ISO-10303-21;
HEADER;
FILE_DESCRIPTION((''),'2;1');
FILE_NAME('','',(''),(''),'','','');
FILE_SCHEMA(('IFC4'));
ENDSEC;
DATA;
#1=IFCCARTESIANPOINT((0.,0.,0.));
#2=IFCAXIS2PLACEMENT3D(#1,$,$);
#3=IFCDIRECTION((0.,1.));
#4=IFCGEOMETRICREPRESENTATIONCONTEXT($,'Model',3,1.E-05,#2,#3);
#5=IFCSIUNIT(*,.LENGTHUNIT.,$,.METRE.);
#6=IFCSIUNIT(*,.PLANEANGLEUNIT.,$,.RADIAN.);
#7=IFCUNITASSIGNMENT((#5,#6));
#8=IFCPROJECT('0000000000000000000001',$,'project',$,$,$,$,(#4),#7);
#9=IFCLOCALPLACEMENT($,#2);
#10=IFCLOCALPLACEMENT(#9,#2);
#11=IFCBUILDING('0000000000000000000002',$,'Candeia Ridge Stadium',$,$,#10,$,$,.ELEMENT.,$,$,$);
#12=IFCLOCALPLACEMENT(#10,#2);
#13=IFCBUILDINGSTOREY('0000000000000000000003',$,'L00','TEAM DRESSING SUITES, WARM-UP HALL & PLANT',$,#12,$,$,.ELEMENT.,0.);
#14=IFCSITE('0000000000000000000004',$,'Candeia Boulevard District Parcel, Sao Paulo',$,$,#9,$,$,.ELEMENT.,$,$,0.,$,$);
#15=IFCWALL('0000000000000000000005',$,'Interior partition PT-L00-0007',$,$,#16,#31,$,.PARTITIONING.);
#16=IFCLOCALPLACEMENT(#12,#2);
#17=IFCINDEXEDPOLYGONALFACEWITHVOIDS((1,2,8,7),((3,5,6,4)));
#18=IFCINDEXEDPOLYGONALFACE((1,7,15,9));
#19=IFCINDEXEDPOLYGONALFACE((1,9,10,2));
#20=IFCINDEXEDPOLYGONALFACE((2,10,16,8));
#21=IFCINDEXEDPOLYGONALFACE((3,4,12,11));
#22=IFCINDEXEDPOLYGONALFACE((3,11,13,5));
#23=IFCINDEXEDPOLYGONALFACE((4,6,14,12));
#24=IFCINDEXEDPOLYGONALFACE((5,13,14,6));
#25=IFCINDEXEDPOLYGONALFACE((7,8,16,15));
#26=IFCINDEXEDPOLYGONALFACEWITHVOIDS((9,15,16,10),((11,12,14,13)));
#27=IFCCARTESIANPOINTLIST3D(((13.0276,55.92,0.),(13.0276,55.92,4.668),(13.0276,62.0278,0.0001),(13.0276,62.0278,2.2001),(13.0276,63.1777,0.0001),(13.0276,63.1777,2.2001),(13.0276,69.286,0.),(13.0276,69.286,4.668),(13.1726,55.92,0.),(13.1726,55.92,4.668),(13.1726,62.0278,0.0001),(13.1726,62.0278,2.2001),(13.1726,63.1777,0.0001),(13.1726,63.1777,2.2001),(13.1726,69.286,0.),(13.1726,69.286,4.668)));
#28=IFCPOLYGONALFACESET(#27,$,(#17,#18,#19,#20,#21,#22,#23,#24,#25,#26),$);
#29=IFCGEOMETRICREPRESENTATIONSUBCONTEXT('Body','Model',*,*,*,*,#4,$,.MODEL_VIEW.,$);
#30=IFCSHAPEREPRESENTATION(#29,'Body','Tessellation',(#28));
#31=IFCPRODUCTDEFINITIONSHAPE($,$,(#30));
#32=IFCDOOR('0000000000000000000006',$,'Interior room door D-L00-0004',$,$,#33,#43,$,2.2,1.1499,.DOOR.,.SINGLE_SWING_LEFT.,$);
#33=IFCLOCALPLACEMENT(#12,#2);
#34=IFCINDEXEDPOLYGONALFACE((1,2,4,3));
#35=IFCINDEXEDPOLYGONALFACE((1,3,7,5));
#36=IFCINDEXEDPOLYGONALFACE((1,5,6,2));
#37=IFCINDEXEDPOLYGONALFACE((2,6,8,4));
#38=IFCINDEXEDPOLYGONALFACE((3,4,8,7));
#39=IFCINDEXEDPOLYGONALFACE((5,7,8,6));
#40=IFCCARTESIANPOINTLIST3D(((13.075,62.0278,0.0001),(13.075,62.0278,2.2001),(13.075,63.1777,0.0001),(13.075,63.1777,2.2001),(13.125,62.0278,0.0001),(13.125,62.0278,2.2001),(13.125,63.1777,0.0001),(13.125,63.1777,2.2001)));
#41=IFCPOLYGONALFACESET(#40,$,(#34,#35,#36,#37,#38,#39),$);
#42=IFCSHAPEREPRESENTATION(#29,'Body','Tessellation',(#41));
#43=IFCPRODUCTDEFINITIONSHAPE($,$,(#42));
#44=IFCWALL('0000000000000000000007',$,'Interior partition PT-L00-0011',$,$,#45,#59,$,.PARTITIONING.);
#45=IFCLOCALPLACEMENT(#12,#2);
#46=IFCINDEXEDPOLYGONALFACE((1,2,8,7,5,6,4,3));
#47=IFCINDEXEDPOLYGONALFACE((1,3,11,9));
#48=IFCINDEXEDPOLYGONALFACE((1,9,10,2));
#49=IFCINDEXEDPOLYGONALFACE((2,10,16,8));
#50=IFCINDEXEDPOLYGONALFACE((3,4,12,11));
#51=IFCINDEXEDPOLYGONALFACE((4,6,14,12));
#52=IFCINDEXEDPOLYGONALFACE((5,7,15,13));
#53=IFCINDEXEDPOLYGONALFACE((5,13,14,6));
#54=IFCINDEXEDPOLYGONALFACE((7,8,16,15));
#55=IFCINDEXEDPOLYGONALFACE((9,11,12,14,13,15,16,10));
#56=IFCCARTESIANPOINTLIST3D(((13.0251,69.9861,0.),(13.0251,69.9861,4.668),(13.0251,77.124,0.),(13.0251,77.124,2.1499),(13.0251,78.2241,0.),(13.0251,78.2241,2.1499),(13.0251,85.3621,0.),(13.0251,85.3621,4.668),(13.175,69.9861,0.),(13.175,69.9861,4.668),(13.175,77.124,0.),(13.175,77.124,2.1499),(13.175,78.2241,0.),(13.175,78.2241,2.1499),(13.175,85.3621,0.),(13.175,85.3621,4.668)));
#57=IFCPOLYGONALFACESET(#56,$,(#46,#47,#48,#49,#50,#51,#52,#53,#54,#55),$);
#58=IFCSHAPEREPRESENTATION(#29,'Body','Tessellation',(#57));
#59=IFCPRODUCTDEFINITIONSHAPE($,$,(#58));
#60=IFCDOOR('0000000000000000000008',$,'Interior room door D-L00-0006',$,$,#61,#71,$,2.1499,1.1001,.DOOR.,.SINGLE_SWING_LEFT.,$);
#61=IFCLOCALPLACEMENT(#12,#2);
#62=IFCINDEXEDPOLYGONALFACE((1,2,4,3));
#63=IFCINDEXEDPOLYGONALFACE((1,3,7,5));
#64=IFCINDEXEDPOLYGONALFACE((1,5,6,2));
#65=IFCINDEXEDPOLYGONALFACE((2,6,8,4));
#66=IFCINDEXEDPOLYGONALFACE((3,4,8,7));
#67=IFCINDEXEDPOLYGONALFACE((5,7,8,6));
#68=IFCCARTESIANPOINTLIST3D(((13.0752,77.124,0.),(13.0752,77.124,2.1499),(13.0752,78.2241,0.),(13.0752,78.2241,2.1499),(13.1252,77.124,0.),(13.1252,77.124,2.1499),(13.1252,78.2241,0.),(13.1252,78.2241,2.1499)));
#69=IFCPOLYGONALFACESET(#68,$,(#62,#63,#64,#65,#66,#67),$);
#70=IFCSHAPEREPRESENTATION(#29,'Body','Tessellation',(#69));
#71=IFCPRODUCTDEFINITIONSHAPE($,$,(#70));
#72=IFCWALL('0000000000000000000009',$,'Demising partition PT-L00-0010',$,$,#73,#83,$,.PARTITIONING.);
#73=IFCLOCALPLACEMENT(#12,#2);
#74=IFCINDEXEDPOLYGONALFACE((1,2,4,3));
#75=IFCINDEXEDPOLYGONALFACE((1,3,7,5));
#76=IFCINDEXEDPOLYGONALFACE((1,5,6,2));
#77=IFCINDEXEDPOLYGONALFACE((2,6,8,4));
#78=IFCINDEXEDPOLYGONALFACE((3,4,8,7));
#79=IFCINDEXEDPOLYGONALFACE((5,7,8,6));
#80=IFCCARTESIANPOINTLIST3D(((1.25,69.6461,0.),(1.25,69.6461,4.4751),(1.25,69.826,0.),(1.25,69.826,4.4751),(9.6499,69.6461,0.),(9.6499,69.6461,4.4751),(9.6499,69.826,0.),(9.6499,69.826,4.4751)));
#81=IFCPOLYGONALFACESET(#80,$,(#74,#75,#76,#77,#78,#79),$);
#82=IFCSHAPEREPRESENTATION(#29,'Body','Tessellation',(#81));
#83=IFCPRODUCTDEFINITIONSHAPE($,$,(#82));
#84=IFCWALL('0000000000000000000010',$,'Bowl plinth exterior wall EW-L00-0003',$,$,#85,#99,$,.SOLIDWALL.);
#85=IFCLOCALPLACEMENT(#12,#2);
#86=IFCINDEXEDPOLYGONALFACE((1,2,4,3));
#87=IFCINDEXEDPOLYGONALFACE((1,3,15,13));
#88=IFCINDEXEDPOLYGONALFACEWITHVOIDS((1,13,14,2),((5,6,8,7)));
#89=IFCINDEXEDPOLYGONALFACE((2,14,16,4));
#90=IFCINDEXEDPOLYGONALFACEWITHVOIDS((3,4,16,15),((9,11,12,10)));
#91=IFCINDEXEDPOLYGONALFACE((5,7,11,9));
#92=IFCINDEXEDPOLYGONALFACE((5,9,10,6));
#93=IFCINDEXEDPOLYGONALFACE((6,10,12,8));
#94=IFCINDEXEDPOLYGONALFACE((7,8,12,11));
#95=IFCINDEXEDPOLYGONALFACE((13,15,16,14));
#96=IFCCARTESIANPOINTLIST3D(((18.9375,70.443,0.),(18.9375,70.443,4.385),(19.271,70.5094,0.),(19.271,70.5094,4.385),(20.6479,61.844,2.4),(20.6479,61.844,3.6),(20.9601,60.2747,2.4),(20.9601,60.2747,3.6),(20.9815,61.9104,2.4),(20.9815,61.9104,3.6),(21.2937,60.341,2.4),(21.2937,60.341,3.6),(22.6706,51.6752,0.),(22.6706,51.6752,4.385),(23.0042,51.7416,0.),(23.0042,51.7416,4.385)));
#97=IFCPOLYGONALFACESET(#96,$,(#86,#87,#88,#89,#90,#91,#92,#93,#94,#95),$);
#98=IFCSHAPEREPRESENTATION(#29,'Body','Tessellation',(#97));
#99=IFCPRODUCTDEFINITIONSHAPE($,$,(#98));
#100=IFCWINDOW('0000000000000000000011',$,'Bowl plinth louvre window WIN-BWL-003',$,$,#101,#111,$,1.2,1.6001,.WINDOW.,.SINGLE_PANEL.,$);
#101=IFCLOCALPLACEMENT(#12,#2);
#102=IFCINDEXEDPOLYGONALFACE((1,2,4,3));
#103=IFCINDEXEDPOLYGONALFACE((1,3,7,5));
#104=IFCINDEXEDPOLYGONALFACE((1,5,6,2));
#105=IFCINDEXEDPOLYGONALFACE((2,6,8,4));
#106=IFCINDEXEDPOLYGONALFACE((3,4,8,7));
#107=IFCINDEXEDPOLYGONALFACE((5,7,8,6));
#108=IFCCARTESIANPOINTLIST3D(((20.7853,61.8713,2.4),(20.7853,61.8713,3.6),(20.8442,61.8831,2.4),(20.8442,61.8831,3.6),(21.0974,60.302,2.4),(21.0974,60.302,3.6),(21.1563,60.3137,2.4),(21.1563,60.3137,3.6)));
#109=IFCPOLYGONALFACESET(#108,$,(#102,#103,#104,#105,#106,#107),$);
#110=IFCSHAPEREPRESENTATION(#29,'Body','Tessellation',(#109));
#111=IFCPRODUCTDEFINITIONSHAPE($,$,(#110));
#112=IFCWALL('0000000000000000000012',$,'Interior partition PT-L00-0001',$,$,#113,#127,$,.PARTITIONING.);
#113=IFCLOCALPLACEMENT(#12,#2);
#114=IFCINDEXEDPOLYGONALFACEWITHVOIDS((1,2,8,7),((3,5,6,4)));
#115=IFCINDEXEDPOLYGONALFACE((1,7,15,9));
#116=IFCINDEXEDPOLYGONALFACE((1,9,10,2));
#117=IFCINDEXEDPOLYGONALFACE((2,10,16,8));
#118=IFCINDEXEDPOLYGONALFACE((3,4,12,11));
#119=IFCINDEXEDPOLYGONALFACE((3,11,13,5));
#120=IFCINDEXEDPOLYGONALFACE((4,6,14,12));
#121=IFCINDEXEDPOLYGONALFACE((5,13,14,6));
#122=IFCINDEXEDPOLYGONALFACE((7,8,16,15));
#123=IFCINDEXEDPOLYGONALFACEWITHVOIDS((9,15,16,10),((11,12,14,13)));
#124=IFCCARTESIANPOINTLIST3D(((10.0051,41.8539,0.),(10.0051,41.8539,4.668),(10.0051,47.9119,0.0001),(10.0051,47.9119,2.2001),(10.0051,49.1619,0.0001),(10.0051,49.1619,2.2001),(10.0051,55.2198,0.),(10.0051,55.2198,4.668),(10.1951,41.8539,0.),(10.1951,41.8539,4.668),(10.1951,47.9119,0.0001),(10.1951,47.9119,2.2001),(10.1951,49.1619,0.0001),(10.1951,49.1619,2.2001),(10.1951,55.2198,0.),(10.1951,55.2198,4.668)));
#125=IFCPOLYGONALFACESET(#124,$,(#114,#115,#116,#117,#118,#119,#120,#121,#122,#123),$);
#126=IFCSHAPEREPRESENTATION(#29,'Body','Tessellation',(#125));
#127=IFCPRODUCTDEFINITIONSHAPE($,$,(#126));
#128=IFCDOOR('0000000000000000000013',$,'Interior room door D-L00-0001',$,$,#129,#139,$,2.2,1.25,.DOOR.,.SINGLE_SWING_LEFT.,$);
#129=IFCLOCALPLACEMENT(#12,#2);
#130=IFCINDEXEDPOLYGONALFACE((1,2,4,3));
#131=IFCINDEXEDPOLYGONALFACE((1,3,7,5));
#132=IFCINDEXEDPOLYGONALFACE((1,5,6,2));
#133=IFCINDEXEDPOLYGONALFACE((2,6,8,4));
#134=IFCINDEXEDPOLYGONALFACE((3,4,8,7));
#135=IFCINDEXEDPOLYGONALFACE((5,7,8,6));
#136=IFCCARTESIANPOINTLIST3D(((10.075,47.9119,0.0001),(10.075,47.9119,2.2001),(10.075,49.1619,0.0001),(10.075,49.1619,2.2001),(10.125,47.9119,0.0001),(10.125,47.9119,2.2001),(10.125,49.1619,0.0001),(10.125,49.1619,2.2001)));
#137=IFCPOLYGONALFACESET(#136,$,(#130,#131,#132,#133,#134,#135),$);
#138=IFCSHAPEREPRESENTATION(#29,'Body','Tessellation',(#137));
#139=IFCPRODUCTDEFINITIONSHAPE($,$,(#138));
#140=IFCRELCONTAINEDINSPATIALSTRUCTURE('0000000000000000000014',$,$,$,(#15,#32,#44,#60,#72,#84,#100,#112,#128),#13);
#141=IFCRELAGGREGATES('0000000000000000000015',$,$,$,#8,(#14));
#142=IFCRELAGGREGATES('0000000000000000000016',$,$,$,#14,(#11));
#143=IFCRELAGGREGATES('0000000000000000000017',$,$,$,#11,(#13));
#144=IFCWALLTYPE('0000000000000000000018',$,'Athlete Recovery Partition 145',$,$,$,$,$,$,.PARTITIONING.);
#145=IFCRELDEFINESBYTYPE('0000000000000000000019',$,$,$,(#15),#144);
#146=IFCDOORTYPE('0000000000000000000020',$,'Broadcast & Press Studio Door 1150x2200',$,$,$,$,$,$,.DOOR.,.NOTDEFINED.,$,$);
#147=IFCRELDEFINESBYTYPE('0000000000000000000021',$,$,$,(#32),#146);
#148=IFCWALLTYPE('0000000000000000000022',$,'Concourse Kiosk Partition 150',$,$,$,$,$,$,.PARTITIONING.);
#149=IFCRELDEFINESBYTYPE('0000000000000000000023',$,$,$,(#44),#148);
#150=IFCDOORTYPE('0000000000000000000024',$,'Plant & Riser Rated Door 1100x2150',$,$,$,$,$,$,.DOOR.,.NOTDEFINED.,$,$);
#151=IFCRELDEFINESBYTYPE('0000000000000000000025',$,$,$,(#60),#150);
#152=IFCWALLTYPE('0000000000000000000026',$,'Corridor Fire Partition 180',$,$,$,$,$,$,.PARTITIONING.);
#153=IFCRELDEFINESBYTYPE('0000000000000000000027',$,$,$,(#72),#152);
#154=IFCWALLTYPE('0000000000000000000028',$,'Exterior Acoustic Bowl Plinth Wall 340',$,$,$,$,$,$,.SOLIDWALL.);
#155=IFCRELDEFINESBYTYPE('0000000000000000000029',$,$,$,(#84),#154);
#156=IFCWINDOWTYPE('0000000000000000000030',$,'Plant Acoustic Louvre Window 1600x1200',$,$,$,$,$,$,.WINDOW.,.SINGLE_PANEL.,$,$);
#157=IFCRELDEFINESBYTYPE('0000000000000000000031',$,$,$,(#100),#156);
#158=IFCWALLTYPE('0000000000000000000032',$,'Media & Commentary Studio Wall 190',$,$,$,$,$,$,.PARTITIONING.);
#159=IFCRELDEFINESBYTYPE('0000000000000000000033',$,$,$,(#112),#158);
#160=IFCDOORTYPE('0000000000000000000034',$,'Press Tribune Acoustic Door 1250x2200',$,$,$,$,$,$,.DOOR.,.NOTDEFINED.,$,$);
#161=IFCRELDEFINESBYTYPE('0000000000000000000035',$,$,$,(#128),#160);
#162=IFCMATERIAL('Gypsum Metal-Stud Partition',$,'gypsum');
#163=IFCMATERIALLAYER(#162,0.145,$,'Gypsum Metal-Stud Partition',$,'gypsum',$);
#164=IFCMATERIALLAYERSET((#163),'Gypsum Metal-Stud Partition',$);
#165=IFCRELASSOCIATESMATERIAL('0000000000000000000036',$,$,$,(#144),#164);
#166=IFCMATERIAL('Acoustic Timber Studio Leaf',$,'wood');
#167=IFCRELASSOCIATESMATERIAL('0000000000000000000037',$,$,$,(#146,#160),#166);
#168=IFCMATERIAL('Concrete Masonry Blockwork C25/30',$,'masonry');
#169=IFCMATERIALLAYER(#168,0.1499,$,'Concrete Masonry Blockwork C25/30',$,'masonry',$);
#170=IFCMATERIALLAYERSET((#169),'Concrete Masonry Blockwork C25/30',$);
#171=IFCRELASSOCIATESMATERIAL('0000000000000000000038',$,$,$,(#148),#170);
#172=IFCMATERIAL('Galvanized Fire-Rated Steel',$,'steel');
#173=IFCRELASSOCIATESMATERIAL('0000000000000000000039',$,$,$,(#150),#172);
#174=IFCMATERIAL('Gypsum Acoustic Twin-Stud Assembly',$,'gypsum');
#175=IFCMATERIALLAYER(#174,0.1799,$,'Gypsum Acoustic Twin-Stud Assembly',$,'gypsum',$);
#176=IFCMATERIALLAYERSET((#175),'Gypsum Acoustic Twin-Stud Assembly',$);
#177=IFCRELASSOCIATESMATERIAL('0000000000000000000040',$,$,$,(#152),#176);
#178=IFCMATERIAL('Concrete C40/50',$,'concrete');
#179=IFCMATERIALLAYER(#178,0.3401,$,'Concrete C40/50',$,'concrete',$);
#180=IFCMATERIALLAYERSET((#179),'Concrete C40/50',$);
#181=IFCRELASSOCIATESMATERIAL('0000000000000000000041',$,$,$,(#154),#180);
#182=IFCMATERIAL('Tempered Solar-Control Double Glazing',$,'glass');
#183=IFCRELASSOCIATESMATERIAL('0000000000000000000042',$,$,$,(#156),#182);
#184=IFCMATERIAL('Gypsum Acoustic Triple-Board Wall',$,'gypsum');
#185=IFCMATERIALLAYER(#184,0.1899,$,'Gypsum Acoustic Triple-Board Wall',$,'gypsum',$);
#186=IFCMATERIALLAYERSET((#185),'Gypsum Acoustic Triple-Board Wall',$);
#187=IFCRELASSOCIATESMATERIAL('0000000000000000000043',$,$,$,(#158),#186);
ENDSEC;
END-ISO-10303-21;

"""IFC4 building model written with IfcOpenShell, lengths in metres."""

from ifc_helpers import new_model, si_unit, direction, frame, frame_2d, origin, place, context, subcontext, project, spatial, rectangle, extrude, material, layer, layer_set, type_object, element, fill, save


model = new_model("IFC4")

# Units and contexts
model_context = context("Model", 3, precision=1e-05, world=origin(), true_north=direction((0.0, 1.0)))
body_context = subcontext(model_context, "Body", "Model", "MODEL_VIEW")
ifc_project = project(units=[si_unit("LENGTHUNIT", "METRE"), si_unit("PLANEANGLEUNIT", "RADIAN")], contexts=[model_context])

# Site, building, storey
site_placement = place(None, origin())
site = spatial("IfcSite", under=ifc_project, at=site_placement, Name="Candeia Boulevard District Parcel, Sao Paulo", CompositionType="ELEMENT", RefElevation=0.0)
building_placement = place(site_placement, origin())
building = spatial("IfcBuilding", under=site, at=building_placement, Name="Candeia Ridge Stadium", CompositionType="ELEMENT")
storey_placement = place(building_placement, origin())
storey = spatial("IfcBuildingStorey", under=building, at=storey_placement, Name="L00", Description="TEAM DRESSING SUITES, WARM-UP HALL & PLANT", CompositionType="ELEMENT", Elevation=0.0)

# Shared definitions
ifc_material_1 = material(Name="Concrete C40/50", Category="concrete")

# Walls, openings, doors
ifc_material_2 = material(Name="Gypsum Metal-Stud Partition", Category="gypsum")
ifc_layer_1 = layer(ifc_material_2, 0.145, Name="Gypsum Metal-Stud Partition", Category="gypsum")
ifc_layer_set_1 = layer_set([ifc_layer_1], Name="Gypsum Metal-Stud Partition")
wall_type_1 = type_object("IfcWallType", Name="Athlete Recovery Partition 145", PredefinedType="PARTITIONING", material=ifc_layer_set_1)
wall_1_placement = place(storey_placement, frame((13.1001, 55.9199, 0.0), z_axis=(0.0, 0.0, 1.0), x_axis=(0.0, 1.0, 0.0)))
wall_1 = element("IfcWall", 1, at=wall_1_placement, inside=storey, type_object=wall_type_1, Name="Interior partition PT-L00-0007", PredefinedType="PARTITIONING", context=body_context, shape_type="SweptSolid", body=[
    extrude(rectangle(XDim=13.366, YDim=0.145, at=frame_2d((6.6831, 0.0))), origin(), (0.0, 0.0, 1.0), 4.668),
])
opening_1_placement = place(wall_1_placement, frame((6.1079, 0.0, 0.0)))
opening_1 = element("IfcOpeningElement", 2, at=opening_1_placement, cuts=wall_1, PredefinedType="OPENING", context=body_context, shape_type="SweptSolid", body=[
    extrude(rectangle(XDim=1.1499, YDim=2.2, at=frame_2d((0.575, 1.1001))), frame((0.0, 0.0825, 0.0), z_axis=(0.0, -1.0, 0.0), x_axis=(1.0, 0.0, 0.0)), (0.0, 0.0, 1.0), 0.165),
])
ifc_material_3 = material(Name="Acoustic Timber Studio Leaf", Category="wood")
door_type_1 = type_object("IfcDoorType", Name="Broadcast & Press Studio Door 1150x2200", OperationType="NOTDEFINED", PredefinedType="DOOR", material=ifc_material_3)
door_1_placement = place(opening_1_placement, frame((1.1499, 0.0, 0.0), z_axis=(0.0, 0.0, 1.0), x_axis=(-1.0, 0.0, 0.0)))
door_1 = element("IfcDoor", 3, at=door_1_placement, inside=storey, type_object=door_type_1, Name="Interior room door D-L00-0004", OperationType="SINGLE_SWING_LEFT", OverallHeight=2.2, OverallWidth=1.1499, PredefinedType="DOOR", context=body_context, shape_type="SweptSolid", body=[
    extrude(rectangle(XDim=1.1499, YDim=2.2, at=frame_2d((0.575, 1.1001))), frame((0.0, 0.0249, 0.0), z_axis=(0.0, -1.0, 0.0), x_axis=(1.0, 0.0, 0.0)), (0.0, 0.0, 1.0), 0.05),
])
fill(opening_1, door_1)
ifc_material_4 = material(Name="Concrete Masonry Blockwork C25/30", Category="masonry")
ifc_layer_2 = layer(ifc_material_4, 0.1499, Name="Concrete Masonry Blockwork C25/30", Category="masonry")
ifc_layer_set_2 = layer_set([ifc_layer_2], Name="Concrete Masonry Blockwork C25/30")
wall_type_2 = type_object("IfcWallType", Name="Concourse Kiosk Partition 150", PredefinedType="PARTITIONING", material=ifc_layer_set_2)
wall_2_placement = place(storey_placement, frame((13.1001, 69.9861, 0.0), z_axis=(0.0, 0.0, 1.0), x_axis=(0.0, 1.0, 0.0)))
wall_2 = element("IfcWall", 4, at=wall_2_placement, inside=storey, type_object=wall_type_2, Name="Interior partition PT-L00-0011", PredefinedType="PARTITIONING", context=body_context, shape_type="SweptSolid", body=[
    extrude(rectangle(XDim=15.376, YDim=0.1499, at=frame_2d((7.688, 0.0))), origin(), (0.0, 0.0, 1.0), 4.668),
])
opening_2_placement = place(wall_2_placement, frame((7.1379, 0.0, 0.0)))
opening_2 = element("IfcOpeningElement", 5, at=opening_2_placement, cuts=wall_2, PredefinedType="OPENING", context=body_context, shape_type="SweptSolid", body=[
    extrude(rectangle(XDim=1.1001, YDim=2.1499, at=frame_2d((0.55, 1.075))), frame((0.0, 0.085, 0.0), z_axis=(0.0, -1.0, 0.0), x_axis=(1.0, 0.0, 0.0)), (0.0, 0.0, 1.0), 0.1699),
])
ifc_material_5 = material(Name="Galvanized Fire-Rated Steel", Category="steel")
door_type_2 = type_object("IfcDoorType", Name="Plant & Riser Rated Door 1100x2150", OperationType="NOTDEFINED", PredefinedType="DOOR", material=ifc_material_5)
door_2_placement = place(opening_2_placement, origin())
door_2 = element("IfcDoor", 6, at=door_2_placement, inside=storey, type_object=door_type_2, Name="Interior room door D-L00-0006", OperationType="SINGLE_SWING_LEFT", OverallHeight=2.1499, OverallWidth=1.1001, PredefinedType="DOOR", context=body_context, shape_type="SweptSolid", body=[
    extrude(rectangle(XDim=1.1001, YDim=2.1499, at=frame_2d((0.55, 1.075))), frame((0.0, 0.0249, 0.0), z_axis=(0.0, -1.0, 0.0), x_axis=(1.0, 0.0, 0.0)), (0.0, 0.0, 1.0), 0.05),
])
fill(opening_2, door_2)

# Wall
ifc_material_6 = material(Name="Gypsum Acoustic Twin-Stud Assembly", Category="gypsum")
ifc_layer_3 = layer(ifc_material_6, 0.1799, Name="Gypsum Acoustic Twin-Stud Assembly", Category="gypsum")
ifc_layer_set_3 = layer_set([ifc_layer_3], Name="Gypsum Acoustic Twin-Stud Assembly")
wall_type_3 = type_object("IfcWallType", Name="Corridor Fire Partition 180", PredefinedType="PARTITIONING", material=ifc_layer_set_3)
wall_3_placement = place(storey_placement, frame((9.6499, 69.7361, 0.0), z_axis=(0.0, 0.0, 1.0), x_axis=(-1.0, 0.0, 0.0)))
element("IfcWall", 7, at=wall_3_placement, inside=storey, type_object=wall_type_3, Name="Demising partition PT-L00-0010", PredefinedType="PARTITIONING", context=body_context, shape_type="SweptSolid", body=[
    extrude(rectangle(XDim=8.3999, YDim=0.1799, at=frame_2d((4.2, 0.0))), origin(), (0.0, 0.0, 1.0), 4.4751),
])

# Wall, opening, window
ifc_layer_4 = layer(ifc_material_1, 0.3401, Name="Concrete C40/50", Category="concrete")
ifc_layer_set_4 = layer_set([ifc_layer_4], Name="Concrete C40/50")
wall_type_4 = type_object("IfcWallType", Name="Exterior Acoustic Bowl Plinth Wall 340", PredefinedType="SOLIDWALL", material=ifc_layer_set_4)
wall_4_placement = place(storey_placement, frame((19.1042, 70.4763, 0.0), z_axis=(0.0, 0.0, 1.0), x_axis=(0.19509, -0.980785, 0.0)))
wall_4 = element("IfcWall", 8, at=wall_4_placement, inside=storey, type_object=wall_type_4, Name="Bowl plinth exterior wall EW-L00-0003", PredefinedType="SOLIDWALL", context=body_context, shape_type="SweptSolid", body=[
    extrude(rectangle(XDim=19.1355, YDim=0.3401, at=frame_2d((9.5679, 0.0))), origin(), (0.0, 0.0, 1.0), 4.385),
])
opening_3_placement = place(wall_4_placement, frame((8.7676, 0.0, 2.3999)))
opening_3 = element("IfcOpeningElement", 9, at=opening_3_placement, cuts=wall_4, PredefinedType="OPENING", context=body_context, shape_type="SweptSolid", body=[
    extrude(rectangle(XDim=1.6001, YDim=1.2, at=frame_2d((0.8, 0.6001))), frame((0.0, 0.1799, 0.0), z_axis=(0.0, -1.0, 0.0), x_axis=(1.0, 0.0, 0.0)), (0.0, 0.0, 1.0), 0.3601),
])
ifc_material_7 = material(Name="Tempered Solar-Control Double Glazing", Category="glass")
window_type = type_object("IfcWindowType", Name="Plant Acoustic Louvre Window 1600x1200", PartitioningType="SINGLE_PANEL", PredefinedType="WINDOW", material=ifc_material_7)
window_placement = place(opening_3_placement, origin())
window = element("IfcWindow", 10, at=window_placement, inside=storey, type_object=window_type, Name="Bowl plinth louvre window WIN-BWL-003", OverallHeight=1.2, OverallWidth=1.6001, PartitioningType="SINGLE_PANEL", PredefinedType="WINDOW", context=body_context, shape_type="SweptSolid", body=[
    extrude(rectangle(XDim=1.6001, YDim=1.2, at=frame_2d((0.8, 0.6001))), frame((0.0, 0.03, 0.0), z_axis=(0.0, -1.0, 0.0), x_axis=(1.0, 0.0, 0.0)), (0.0, 0.0, 1.0), 0.0601),
])
fill(opening_3, window)

# Wall, opening, door
ifc_material_8 = material(Name="Gypsum Acoustic Triple-Board Wall", Category="gypsum")
ifc_layer_5 = layer(ifc_material_8, 0.1899, Name="Gypsum Acoustic Triple-Board Wall", Category="gypsum")
ifc_layer_set_5 = layer_set([ifc_layer_5], Name="Gypsum Acoustic Triple-Board Wall")
wall_type_5 = type_object("IfcWallType", Name="Media & Commentary Studio Wall 190", PredefinedType="PARTITIONING", material=ifc_layer_set_5)
wall_5_placement = place(storey_placement, frame((10.1001, 55.22, 0.0), z_axis=(0.0, 0.0, 1.0), x_axis=(0.0, -1.0, 0.0)))
wall_5 = element("IfcWall", 11, at=wall_5_placement, inside=storey, type_object=wall_type_5, Name="Interior partition PT-L00-0001", PredefinedType="PARTITIONING", context=body_context, shape_type="SweptSolid", body=[
    extrude(rectangle(XDim=13.366, YDim=0.1899, at=frame_2d((6.6831, 0.0))), origin(), (0.0, 0.0, 1.0), 4.668),
])
opening_4_placement = place(wall_5_placement, frame((6.0581, 0.0, 0.0)))
opening_4 = element("IfcOpeningElement", 12, at=opening_4_placement, cuts=wall_5, PredefinedType="OPENING", context=body_context, shape_type="SweptSolid", body=[
    extrude(rectangle(XDim=1.25, YDim=2.2, at=frame_2d((0.625, 1.1001))), frame((0.0, 0.105, 0.0), z_axis=(0.0, -1.0, 0.0), x_axis=(1.0, 0.0, 0.0)), (0.0, 0.0, 1.0), 0.21),
])
door_type_3 = type_object("IfcDoorType", Name="Press Tribune Acoustic Door 1250x2200", OperationType="NOTDEFINED", PredefinedType="DOOR", material=ifc_material_3)
door_3_placement = place(opening_4_placement, origin())
door_3 = element("IfcDoor", 13, at=door_3_placement, inside=storey, type_object=door_type_3, Name="Interior room door D-L00-0001", OperationType="SINGLE_SWING_LEFT", OverallHeight=2.2, OverallWidth=1.25, PredefinedType="DOOR", context=body_context, shape_type="SweptSolid", body=[
    extrude(rectangle(XDim=1.25, YDim=2.2, at=frame_2d((0.625, 1.1001))), frame((0.0, 0.0249, 0.0), z_axis=(0.0, -1.0, 0.0), x_axis=(1.0, 0.0, 0.0)), (0.0, 0.0, 1.0), 0.05),
])
fill(opening_4, door_3)

save(model, "model.ifc")
